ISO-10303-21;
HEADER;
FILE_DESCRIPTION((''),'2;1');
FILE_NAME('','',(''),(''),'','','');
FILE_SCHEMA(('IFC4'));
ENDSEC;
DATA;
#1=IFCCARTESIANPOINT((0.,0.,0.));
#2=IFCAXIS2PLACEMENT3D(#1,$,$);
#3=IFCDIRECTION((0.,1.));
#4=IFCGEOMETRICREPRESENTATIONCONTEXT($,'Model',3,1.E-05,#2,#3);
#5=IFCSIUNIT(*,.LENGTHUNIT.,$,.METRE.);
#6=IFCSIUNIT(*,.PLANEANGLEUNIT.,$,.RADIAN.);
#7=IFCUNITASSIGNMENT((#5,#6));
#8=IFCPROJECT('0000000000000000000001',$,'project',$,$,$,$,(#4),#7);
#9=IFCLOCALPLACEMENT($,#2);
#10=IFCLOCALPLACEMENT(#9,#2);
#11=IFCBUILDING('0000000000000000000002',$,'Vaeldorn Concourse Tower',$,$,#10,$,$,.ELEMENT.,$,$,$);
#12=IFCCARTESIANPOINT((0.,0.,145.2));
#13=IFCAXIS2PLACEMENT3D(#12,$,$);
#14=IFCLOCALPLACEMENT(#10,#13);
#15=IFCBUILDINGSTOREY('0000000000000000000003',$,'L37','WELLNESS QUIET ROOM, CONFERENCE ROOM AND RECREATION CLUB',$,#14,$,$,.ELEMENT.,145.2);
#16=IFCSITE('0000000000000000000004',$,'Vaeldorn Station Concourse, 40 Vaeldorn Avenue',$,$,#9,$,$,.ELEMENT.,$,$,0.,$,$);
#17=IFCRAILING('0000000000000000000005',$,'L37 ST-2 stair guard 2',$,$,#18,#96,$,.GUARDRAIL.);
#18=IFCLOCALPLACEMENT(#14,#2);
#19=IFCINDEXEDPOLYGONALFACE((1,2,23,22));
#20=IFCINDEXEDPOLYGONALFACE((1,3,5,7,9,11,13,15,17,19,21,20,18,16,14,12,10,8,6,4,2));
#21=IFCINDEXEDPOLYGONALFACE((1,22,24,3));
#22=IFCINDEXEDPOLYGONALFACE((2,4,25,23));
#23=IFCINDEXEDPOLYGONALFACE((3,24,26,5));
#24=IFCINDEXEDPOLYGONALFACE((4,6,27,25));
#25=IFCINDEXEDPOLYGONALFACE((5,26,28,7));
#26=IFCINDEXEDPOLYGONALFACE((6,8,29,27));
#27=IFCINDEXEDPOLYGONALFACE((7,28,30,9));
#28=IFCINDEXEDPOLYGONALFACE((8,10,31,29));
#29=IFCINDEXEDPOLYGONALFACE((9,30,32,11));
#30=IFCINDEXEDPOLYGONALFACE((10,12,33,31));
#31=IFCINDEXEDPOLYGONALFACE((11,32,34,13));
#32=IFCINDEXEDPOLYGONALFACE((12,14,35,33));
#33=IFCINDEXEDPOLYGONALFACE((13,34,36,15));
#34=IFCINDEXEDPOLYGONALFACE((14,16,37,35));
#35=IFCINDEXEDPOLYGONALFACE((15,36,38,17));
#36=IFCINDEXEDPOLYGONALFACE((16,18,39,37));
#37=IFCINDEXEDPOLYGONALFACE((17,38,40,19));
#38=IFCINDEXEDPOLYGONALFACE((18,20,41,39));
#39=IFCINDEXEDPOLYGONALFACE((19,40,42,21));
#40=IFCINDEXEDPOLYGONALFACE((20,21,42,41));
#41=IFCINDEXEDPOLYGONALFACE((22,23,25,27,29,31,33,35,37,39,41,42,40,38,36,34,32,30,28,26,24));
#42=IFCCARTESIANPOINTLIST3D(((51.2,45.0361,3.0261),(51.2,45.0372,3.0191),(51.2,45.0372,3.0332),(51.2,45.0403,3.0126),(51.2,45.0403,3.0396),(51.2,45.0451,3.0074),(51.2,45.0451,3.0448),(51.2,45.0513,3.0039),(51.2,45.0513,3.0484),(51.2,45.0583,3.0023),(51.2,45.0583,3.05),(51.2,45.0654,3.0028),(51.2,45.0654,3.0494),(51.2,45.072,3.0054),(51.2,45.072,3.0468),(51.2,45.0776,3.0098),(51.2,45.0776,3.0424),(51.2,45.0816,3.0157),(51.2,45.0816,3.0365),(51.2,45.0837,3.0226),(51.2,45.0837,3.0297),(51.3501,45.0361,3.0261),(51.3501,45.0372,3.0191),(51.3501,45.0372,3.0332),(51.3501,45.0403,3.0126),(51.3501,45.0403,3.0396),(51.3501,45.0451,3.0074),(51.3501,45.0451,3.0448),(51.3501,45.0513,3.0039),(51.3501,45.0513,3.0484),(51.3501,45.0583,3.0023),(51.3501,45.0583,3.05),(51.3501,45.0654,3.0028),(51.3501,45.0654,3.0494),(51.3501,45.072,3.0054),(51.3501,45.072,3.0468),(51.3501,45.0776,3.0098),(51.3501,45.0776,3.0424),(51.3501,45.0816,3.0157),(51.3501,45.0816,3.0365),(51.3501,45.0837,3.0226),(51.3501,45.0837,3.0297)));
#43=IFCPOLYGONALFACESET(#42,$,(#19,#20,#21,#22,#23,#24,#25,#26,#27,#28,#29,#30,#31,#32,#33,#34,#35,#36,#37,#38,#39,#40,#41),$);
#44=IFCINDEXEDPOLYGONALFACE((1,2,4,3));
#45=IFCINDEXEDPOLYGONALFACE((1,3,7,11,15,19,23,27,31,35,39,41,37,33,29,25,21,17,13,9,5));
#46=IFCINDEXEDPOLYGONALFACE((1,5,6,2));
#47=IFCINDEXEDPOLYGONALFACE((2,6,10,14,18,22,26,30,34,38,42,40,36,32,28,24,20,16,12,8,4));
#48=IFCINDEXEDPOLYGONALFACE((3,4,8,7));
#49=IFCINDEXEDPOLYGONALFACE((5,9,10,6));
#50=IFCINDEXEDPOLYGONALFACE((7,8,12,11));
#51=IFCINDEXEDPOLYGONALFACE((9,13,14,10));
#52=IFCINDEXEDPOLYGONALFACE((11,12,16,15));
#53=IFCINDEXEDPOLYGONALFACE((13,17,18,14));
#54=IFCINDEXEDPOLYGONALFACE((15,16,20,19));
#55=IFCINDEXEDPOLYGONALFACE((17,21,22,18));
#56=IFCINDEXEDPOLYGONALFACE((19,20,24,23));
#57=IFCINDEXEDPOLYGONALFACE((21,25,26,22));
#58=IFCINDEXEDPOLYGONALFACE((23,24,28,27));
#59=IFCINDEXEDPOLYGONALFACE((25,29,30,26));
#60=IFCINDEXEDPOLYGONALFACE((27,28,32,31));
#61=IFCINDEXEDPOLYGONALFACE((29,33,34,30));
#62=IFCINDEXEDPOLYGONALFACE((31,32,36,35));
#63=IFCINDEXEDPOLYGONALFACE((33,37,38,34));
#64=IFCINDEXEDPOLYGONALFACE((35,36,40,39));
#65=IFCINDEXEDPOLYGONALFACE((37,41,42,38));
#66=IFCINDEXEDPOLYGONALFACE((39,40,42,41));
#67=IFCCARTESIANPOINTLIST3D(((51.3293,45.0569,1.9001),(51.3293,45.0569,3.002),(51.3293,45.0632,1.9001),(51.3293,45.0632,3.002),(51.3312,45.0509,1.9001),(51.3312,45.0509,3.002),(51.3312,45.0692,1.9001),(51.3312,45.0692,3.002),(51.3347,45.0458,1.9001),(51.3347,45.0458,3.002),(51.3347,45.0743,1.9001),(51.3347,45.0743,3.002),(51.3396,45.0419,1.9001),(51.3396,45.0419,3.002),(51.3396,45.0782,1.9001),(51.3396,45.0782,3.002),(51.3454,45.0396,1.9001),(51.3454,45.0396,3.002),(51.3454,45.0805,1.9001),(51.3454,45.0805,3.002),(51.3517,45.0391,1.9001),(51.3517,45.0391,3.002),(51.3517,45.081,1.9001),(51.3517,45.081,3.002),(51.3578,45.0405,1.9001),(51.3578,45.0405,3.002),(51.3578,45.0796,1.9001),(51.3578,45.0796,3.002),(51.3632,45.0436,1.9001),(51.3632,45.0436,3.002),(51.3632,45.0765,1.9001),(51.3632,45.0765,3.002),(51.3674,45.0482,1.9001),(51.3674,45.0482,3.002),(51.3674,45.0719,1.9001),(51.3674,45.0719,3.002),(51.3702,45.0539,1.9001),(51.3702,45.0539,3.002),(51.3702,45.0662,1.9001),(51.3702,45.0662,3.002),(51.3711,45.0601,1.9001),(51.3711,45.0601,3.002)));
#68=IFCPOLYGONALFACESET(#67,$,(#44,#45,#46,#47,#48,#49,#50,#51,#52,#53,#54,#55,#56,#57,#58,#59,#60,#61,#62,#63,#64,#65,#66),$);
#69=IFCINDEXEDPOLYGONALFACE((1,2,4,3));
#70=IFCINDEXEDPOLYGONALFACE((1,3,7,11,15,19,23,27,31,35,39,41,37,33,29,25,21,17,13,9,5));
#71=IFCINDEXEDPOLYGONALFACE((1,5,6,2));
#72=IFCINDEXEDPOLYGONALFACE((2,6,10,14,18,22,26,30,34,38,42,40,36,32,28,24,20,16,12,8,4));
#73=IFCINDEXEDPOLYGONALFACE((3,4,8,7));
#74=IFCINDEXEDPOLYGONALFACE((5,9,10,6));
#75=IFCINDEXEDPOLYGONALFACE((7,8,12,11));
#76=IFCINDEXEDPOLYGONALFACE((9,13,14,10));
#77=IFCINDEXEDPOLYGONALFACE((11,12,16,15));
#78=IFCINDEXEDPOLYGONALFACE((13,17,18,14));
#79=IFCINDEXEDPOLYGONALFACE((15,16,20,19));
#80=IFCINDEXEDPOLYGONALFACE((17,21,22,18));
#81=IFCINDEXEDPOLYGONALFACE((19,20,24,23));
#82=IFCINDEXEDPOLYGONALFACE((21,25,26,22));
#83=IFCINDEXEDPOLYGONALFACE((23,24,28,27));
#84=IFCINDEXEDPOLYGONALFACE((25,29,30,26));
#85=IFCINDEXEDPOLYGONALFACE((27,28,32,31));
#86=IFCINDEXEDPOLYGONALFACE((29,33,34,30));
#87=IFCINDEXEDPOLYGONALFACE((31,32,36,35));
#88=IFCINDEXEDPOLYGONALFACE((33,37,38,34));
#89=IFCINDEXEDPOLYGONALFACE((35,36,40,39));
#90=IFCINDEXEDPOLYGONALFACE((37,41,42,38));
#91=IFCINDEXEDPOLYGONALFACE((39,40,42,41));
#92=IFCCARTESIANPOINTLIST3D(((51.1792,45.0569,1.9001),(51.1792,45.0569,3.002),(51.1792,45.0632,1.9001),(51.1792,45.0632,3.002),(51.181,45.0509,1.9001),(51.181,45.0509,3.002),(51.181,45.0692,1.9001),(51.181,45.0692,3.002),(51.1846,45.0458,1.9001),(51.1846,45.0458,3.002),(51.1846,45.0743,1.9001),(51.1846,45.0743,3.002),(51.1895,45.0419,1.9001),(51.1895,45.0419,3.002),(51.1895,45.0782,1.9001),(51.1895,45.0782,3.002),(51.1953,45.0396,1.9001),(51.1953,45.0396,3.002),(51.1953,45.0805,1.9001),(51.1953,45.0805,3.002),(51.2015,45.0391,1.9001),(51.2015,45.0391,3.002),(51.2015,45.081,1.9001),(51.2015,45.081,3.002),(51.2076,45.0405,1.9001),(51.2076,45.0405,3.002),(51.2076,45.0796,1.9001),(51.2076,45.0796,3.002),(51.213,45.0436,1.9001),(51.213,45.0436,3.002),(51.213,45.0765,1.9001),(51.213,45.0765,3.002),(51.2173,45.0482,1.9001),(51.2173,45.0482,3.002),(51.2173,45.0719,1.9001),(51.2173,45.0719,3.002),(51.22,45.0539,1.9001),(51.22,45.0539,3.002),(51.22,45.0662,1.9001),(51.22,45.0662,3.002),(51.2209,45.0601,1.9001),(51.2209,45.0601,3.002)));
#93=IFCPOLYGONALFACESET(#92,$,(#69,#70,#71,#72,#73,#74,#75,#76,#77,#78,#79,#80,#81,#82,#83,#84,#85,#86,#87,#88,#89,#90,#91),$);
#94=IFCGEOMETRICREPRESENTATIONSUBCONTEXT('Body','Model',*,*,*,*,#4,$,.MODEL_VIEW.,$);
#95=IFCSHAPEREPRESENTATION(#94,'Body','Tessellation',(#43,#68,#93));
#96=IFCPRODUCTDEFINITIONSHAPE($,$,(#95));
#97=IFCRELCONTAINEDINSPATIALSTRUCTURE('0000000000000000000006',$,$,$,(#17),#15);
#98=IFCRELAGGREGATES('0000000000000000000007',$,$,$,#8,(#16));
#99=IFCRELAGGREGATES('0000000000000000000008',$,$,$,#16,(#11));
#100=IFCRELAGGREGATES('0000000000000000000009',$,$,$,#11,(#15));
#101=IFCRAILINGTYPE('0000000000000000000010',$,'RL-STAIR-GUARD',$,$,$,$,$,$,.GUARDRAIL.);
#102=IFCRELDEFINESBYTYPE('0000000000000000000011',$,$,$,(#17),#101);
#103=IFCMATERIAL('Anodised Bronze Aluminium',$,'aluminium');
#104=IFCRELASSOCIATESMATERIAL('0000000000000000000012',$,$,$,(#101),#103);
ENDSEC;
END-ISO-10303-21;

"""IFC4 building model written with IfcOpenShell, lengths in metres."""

from ifc_helpers import new_model, si_unit, direction, frame, origin, origin_2d, place, context, subcontext, project, spatial, circle, extrude, material, type_object, element, save


model = new_model("IFC4")

# Units and contexts
model_context = context("Model", 3, precision=1e-05, world=origin(), true_north=direction((0.0, 1.0)))
body_context = subcontext(model_context, "Body", "Model", "MODEL_VIEW")
ifc_project = project(units=[si_unit("LENGTHUNIT", "METRE"), si_unit("PLANEANGLEUNIT", "RADIAN")], contexts=[model_context])

# Site, building, storey
site_placement = place(None, origin())
site = spatial("IfcSite", under=ifc_project, at=site_placement, Name="Vaeldorn Station Concourse, 40 Vaeldorn Avenue", CompositionType="ELEMENT", RefElevation=0.0)
building_placement = place(site_placement, origin())
building = spatial("IfcBuilding", under=site, at=building_placement, Name="Vaeldorn Concourse Tower", CompositionType="ELEMENT")
storey_placement = place(building_placement, frame((0.0, 0.0, 145.2)))
storey = spatial("IfcBuildingStorey", under=building, at=storey_placement, Name="L37", Description="WELLNESS QUIET ROOM, CONFERENCE ROOM AND RECREATION CLUB", CompositionType="ELEMENT", Elevation=145.2)

# Shared definitions
ifc_material_1 = material(Name="Anodised Bronze Aluminium", Category="aluminium")

# Railing
railing_type_1 = type_object("IfcRailingType", Name="RL-STAIR-GUARD", PredefinedType="GUARDRAIL", material=ifc_material_1)
railing_1_placement = place(storey_placement, frame((51.3501, 45.0601, 1.9001)))
element("IfcRailing", 1, at=railing_1_placement, inside=storey, type_object=railing_type_1, Name="L37 ST-2 stair guard 2", PredefinedType="GUARDRAIL", context=body_context, shape_type="SweptSolid", body=[
    extrude(circle(Radius=0.0239, at=origin_2d()), frame((0.0, 0.0, 1.126), z_axis=(-1.0, 0.0, 0.0), x_axis=(0.0, -1.0, 0.0)), (0.0, 0.0, 1.0), 0.1501),
    extrude(circle(Radius=0.021, at=origin_2d()), origin(), (0.0, 0.0, 1.0), 1.1018),
    extrude(circle(Radius=0.021, at=origin_2d()), frame((-0.1501, 0.0, 0.0)), (0.0, 0.0, 1.0), 1.1018),
])

save(model, "model.ifc")
